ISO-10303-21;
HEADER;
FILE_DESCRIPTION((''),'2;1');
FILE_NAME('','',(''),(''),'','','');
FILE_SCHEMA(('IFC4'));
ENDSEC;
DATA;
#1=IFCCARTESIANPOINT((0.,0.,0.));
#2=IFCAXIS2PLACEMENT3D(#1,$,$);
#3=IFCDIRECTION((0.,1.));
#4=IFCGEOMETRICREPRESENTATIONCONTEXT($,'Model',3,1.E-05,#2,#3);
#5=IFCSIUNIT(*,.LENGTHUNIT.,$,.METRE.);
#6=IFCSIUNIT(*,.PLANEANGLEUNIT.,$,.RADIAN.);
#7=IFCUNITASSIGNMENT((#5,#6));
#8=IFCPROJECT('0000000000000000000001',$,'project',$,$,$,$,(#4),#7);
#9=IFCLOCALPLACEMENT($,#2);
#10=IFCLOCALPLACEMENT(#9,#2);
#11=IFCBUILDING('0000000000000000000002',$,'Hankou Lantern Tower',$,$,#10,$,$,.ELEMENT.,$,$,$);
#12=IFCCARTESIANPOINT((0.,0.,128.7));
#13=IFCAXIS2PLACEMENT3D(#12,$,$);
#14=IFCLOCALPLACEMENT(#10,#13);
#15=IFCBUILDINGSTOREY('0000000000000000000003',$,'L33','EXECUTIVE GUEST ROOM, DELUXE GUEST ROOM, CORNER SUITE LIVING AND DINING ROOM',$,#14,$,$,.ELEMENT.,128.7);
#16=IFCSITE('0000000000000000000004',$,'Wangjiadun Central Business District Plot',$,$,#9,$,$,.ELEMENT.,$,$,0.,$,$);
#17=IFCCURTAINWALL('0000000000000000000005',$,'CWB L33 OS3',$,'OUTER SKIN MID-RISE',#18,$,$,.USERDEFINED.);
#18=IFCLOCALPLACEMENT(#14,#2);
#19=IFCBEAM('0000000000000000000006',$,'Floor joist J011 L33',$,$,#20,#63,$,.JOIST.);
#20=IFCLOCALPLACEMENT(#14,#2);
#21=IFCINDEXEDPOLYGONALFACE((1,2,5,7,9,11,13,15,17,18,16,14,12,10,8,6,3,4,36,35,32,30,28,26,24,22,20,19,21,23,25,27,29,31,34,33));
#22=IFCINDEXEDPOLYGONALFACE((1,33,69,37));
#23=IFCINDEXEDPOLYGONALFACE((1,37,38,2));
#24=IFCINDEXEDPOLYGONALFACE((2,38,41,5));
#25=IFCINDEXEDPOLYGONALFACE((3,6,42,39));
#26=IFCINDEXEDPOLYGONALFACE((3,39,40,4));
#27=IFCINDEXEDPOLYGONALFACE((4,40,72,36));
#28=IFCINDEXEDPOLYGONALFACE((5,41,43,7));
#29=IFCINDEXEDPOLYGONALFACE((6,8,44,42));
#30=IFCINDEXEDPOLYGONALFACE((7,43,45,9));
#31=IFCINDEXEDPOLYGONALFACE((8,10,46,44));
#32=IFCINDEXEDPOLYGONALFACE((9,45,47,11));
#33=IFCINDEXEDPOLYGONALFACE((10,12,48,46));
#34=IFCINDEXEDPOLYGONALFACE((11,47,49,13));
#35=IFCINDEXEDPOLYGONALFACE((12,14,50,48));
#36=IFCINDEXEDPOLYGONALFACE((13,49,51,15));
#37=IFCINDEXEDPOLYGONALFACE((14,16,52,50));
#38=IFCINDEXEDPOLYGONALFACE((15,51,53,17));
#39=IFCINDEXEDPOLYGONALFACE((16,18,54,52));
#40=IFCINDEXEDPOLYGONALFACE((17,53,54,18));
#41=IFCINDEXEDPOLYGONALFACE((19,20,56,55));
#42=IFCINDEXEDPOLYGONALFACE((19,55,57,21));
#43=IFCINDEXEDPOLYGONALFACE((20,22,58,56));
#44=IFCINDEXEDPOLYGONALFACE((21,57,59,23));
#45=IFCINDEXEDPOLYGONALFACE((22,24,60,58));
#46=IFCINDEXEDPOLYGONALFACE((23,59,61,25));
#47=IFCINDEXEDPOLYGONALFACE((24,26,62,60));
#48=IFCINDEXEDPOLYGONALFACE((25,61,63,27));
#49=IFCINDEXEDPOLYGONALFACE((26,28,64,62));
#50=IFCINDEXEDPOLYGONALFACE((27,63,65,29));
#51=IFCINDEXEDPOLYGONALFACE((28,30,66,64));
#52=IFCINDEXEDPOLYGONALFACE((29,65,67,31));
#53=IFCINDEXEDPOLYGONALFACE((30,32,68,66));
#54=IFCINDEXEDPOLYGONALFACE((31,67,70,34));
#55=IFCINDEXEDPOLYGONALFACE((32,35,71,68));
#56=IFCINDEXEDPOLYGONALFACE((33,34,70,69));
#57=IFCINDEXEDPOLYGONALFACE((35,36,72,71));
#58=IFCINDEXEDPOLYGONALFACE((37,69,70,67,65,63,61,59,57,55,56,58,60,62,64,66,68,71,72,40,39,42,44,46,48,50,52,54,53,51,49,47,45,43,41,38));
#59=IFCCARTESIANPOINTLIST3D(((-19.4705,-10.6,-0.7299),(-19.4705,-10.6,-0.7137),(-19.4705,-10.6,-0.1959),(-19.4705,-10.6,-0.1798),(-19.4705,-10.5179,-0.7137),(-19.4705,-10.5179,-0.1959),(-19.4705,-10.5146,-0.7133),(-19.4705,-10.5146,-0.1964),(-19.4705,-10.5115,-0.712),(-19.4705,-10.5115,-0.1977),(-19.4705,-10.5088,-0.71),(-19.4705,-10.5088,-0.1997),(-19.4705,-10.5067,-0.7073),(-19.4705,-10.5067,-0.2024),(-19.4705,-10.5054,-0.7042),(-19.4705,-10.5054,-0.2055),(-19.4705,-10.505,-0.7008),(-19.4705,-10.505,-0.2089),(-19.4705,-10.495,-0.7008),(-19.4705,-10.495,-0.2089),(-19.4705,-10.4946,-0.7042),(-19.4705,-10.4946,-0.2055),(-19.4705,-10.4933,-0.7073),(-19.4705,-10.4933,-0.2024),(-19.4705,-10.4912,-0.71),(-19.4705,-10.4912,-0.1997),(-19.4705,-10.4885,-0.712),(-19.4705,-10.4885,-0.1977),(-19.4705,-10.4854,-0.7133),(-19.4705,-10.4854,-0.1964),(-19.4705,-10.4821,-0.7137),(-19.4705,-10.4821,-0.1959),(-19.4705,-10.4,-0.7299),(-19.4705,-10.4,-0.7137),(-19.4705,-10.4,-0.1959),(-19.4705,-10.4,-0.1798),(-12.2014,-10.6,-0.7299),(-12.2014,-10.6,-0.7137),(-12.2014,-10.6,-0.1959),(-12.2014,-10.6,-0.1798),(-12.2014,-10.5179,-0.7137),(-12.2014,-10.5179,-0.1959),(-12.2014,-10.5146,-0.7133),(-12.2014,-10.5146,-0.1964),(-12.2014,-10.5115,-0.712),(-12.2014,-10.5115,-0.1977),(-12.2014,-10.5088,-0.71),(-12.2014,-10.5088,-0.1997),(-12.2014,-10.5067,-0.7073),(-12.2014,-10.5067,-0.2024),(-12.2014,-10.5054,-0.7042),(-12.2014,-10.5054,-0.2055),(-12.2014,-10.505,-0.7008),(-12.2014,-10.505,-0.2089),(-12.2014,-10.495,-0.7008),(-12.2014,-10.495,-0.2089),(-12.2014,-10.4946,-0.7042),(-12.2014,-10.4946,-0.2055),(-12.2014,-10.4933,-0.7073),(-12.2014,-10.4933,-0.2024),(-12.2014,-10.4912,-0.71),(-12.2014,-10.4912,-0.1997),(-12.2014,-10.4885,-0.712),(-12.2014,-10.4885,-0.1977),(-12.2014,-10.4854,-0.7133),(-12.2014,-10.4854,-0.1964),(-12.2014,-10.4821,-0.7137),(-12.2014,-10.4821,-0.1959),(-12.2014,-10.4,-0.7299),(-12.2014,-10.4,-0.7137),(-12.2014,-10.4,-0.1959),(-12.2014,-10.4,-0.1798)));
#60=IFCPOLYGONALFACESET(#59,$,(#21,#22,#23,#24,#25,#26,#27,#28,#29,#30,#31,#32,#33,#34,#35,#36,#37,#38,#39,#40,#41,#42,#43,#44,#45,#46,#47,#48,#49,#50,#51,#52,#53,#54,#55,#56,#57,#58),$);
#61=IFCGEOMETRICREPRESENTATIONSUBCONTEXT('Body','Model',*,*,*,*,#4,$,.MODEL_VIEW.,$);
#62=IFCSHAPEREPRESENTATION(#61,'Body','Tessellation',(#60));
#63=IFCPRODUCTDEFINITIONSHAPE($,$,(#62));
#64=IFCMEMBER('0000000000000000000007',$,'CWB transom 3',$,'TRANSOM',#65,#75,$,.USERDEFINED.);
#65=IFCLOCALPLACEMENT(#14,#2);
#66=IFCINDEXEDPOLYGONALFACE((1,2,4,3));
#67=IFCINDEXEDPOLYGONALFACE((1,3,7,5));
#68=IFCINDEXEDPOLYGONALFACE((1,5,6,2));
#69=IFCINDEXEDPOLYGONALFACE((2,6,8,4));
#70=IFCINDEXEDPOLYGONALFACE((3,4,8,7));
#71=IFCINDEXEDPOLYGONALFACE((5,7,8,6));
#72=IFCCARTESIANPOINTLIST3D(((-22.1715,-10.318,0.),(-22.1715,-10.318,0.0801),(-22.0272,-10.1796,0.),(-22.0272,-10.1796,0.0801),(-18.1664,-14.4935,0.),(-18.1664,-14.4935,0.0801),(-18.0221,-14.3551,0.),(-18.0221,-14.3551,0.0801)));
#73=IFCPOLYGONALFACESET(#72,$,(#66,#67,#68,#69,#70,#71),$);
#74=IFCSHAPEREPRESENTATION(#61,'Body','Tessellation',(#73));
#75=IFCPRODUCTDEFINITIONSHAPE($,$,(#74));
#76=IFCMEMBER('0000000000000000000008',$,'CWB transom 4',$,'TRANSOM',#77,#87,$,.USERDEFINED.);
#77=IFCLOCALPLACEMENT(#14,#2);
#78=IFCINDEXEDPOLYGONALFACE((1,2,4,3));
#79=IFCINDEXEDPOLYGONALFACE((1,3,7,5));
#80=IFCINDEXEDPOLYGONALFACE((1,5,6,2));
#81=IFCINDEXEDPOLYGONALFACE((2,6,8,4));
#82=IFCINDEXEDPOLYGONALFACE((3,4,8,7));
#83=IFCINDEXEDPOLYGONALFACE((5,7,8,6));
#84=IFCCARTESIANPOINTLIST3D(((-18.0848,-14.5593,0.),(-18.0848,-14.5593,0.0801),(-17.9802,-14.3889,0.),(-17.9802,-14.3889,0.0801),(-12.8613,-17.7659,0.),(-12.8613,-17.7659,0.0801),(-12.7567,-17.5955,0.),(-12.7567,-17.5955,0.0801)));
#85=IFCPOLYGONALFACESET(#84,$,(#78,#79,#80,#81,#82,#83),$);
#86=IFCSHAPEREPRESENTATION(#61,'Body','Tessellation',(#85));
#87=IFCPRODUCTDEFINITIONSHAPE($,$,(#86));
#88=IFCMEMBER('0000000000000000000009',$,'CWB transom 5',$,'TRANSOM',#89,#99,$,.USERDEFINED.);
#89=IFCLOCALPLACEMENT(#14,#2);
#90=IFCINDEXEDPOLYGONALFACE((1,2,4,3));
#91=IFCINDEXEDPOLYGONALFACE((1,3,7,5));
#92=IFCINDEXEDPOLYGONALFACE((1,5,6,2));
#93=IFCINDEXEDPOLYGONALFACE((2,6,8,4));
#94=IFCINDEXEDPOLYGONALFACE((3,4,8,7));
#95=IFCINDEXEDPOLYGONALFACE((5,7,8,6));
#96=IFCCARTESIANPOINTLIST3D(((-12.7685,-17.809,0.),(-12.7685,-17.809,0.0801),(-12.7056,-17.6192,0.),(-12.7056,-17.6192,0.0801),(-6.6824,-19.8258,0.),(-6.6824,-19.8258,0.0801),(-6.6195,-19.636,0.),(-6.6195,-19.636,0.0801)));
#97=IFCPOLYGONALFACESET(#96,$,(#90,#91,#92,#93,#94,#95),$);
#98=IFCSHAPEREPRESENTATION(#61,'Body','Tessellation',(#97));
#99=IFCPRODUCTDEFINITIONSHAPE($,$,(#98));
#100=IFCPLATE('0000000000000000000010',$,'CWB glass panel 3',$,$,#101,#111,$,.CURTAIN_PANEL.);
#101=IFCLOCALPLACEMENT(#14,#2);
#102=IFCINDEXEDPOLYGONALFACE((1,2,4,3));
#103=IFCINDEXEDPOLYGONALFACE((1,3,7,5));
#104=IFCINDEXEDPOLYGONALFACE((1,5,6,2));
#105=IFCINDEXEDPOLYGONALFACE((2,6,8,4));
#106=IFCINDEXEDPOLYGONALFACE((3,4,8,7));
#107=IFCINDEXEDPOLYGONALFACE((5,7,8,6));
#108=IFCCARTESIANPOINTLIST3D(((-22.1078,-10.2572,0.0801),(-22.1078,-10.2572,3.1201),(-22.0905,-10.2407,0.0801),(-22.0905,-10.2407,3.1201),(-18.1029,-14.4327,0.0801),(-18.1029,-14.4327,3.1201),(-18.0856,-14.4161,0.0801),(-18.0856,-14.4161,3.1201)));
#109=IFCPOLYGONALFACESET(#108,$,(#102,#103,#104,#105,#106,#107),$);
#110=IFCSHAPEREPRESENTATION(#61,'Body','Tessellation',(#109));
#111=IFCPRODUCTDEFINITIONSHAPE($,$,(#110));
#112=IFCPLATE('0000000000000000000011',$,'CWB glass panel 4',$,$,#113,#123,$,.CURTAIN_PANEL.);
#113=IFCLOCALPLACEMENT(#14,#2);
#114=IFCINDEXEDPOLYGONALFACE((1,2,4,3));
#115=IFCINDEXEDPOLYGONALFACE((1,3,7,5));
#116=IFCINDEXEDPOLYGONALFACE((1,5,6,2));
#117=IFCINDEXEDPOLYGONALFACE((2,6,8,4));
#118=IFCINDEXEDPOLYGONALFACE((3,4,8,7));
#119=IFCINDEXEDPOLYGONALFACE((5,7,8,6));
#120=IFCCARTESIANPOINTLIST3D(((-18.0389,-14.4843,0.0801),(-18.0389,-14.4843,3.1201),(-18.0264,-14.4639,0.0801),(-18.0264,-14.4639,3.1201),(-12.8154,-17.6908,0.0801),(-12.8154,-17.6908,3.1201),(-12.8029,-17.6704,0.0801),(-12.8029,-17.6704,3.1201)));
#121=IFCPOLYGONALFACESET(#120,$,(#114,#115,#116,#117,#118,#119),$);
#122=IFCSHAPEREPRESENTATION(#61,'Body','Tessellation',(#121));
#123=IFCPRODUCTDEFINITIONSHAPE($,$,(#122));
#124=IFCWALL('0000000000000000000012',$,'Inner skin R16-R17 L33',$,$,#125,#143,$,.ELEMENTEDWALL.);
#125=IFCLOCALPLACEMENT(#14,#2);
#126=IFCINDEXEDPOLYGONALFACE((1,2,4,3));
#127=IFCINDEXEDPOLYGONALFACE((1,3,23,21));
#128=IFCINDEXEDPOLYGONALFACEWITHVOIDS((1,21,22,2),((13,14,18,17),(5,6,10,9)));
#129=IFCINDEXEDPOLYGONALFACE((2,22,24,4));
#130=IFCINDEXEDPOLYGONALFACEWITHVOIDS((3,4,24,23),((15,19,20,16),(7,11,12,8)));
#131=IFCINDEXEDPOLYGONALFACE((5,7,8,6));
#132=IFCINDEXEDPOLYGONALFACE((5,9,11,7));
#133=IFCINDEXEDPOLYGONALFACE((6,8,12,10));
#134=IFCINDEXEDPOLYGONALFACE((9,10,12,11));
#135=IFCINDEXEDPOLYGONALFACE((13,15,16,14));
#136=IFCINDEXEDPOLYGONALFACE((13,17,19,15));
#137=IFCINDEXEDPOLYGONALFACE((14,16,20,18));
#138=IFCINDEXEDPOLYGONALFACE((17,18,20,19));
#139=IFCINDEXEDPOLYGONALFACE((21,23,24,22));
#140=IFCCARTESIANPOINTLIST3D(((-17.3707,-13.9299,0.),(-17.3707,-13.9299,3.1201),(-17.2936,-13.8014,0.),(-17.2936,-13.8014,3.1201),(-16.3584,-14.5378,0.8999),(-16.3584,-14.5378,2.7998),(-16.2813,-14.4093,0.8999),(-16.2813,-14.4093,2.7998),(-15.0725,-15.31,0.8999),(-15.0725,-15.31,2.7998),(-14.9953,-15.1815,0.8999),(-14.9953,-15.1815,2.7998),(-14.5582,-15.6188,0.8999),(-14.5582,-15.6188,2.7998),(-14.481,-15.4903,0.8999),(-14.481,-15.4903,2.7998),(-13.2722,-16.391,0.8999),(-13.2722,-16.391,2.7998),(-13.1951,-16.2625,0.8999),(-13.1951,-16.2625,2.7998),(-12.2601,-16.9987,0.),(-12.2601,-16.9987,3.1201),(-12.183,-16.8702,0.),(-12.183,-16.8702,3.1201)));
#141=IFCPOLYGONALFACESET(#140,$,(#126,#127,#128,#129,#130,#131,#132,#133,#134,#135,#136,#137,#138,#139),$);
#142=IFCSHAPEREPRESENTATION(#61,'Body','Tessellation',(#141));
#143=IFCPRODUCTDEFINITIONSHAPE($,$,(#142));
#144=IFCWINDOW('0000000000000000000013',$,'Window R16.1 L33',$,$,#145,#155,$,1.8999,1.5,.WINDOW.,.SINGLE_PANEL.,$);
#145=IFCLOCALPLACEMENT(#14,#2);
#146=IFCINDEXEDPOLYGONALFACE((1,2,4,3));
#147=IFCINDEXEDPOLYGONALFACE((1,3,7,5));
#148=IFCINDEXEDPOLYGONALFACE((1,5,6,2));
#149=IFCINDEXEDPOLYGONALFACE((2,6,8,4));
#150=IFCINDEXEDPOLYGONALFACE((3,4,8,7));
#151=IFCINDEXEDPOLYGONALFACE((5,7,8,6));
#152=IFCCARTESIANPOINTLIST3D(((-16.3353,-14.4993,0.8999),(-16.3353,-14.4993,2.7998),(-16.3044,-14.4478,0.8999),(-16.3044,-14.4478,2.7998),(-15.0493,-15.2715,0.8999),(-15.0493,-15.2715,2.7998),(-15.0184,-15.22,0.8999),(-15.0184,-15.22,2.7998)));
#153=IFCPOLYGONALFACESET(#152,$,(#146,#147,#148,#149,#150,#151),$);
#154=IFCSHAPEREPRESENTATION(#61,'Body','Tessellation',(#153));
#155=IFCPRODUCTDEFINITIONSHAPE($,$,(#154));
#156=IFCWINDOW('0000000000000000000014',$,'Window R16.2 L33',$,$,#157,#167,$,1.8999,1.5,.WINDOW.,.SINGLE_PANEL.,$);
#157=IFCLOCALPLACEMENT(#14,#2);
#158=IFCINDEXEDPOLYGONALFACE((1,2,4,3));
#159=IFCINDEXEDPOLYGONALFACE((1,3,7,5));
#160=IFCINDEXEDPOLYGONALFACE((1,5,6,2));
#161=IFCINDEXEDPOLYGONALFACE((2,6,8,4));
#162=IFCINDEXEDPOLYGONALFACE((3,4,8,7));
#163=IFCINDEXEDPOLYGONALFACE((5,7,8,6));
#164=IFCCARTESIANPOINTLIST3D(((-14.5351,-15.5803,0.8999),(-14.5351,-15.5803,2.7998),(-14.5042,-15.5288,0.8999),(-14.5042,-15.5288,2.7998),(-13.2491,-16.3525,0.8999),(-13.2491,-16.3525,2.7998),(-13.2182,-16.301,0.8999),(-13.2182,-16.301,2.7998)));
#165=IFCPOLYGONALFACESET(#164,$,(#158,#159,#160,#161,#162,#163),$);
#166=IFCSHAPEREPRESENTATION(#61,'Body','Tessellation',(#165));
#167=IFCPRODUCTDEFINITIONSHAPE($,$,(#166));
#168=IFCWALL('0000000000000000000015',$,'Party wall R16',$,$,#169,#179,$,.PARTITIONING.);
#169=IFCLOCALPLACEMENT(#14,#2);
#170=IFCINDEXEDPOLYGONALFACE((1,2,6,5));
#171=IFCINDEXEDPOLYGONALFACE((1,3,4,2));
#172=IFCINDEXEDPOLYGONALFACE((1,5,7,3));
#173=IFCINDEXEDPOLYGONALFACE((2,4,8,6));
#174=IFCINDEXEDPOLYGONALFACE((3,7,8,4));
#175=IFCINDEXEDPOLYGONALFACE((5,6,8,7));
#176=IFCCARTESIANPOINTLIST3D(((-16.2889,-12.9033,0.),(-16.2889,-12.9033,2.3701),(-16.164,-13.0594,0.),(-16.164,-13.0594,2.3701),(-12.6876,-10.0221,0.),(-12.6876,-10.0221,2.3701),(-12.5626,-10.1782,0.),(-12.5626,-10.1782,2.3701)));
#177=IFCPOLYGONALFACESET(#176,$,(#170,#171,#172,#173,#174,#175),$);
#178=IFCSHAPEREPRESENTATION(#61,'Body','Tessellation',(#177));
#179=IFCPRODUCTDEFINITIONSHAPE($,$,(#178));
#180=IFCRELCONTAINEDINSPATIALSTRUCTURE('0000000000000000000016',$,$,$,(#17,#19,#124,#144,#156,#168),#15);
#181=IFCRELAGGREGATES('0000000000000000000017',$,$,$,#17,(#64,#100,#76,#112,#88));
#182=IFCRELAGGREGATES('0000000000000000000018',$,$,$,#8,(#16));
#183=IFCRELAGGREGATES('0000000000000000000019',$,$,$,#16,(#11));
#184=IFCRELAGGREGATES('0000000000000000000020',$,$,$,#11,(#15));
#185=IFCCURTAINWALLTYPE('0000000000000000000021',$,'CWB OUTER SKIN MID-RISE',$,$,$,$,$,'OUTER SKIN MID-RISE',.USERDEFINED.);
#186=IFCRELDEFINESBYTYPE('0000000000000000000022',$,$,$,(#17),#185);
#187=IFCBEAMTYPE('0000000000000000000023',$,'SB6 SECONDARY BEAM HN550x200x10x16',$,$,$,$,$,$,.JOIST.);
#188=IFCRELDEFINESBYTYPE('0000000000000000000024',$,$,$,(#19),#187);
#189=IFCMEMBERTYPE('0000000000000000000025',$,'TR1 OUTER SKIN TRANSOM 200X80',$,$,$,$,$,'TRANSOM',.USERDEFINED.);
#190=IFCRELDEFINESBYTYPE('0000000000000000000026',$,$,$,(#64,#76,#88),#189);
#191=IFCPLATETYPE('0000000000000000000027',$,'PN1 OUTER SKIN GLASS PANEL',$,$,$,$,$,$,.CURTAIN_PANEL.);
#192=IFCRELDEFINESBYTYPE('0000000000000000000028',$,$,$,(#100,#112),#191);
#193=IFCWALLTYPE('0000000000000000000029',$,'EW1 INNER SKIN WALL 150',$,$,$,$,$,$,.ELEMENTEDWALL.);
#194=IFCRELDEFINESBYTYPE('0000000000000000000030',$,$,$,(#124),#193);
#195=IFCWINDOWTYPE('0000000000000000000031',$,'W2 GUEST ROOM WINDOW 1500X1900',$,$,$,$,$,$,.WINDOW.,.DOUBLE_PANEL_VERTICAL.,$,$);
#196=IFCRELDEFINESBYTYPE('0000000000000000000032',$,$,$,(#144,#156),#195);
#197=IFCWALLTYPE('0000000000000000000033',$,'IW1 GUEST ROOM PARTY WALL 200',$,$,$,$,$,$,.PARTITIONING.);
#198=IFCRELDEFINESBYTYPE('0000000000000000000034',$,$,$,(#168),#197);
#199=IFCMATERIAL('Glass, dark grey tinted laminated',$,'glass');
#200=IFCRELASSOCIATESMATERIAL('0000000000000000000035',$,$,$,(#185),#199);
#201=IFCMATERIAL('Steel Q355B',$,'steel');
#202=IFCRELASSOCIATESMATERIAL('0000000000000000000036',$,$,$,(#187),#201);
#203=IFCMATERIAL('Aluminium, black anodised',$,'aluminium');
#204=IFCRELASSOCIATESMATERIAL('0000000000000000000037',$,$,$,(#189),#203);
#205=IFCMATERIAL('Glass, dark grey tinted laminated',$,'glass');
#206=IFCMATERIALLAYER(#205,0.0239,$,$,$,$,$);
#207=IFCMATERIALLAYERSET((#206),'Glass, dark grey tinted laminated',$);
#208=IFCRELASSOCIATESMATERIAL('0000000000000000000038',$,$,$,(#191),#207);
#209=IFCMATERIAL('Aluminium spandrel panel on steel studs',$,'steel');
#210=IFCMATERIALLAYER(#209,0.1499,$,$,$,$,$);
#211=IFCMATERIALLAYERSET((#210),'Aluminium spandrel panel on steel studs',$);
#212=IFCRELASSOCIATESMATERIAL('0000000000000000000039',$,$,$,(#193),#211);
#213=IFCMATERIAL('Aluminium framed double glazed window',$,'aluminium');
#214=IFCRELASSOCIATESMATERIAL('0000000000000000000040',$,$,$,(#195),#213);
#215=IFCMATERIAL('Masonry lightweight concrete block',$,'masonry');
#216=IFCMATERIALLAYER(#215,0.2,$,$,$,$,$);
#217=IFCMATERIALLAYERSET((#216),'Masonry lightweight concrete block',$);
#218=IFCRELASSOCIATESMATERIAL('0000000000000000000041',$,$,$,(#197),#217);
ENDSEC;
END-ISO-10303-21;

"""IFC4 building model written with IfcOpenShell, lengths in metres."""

from ifc_helpers import new_model, si_unit, direction, frame, frame_2d, origin, origin_2d, place, context, subcontext, project, spatial, rectangle, i_section, extrude, material, layer, layer_set, material_profile, profile_set, type_object, element, fill, aggregate, save


model = new_model("IFC4")

# Units and contexts
model_context = context("Model", 3, precision=1e-05, world=origin(), true_north=direction((0.0, 1.0)))
body_context = subcontext(model_context, "Body", "Model", "MODEL_VIEW")
ifc_project = project(units=[si_unit("LENGTHUNIT", "METRE"), si_unit("PLANEANGLEUNIT", "RADIAN")], contexts=[model_context])

# Site, building, storey
site_placement = place(None, origin())
site = spatial("IfcSite", under=ifc_project, at=site_placement, Name="Wangjiadun Central Business District Plot", CompositionType="ELEMENT", RefElevation=0.0)
building_placement = place(site_placement, origin())
building = spatial("IfcBuilding", under=site, at=building_placement, Name="Hankou Lantern Tower", CompositionType="ELEMENT")
storey_placement = place(building_placement, frame((0.0, 0.0, 128.7)))
storey = spatial("IfcBuildingStorey", under=building, at=storey_placement, Name="L33", Description="EXECUTIVE GUEST ROOM, DELUXE GUEST ROOM, CORNER SUITE LIVING AND DINING ROOM", CompositionType="ELEMENT", Elevation=128.7)

# Curtain wall
ifc_material_1 = material(Name="Glass, dark grey tinted laminated", Category="glass")
curtain_wall_type = type_object("IfcCurtainWallType", Name="CWB OUTER SKIN MID-RISE", ElementType="OUTER SKIN MID-RISE", PredefinedType="USERDEFINED", material=ifc_material_1)
curtain_wall_placement = place(storey_placement, origin())
curtain_wall = element("IfcCurtainWall", 1, at=curtain_wall_placement, inside=storey, type_object=curtain_wall_type, Name="CWB L33 OS3", ObjectType="OUTER SKIN MID-RISE", PredefinedType="USERDEFINED")

# Beam
ifc_material_2 = material(Name="Steel Q355B", Category="steel")
ifc_material_profile_1 = material_profile(ifc_material_2, i_section(OverallWidth=0.2, OverallDepth=0.55, WebThickness=0.01, FlangeThickness=0.0161, FilletRadius=0.0129, at=origin_2d()), Name="HN550x200x10x16")
ifc_profile_set_1 = profile_set([ifc_material_profile_1], Name="Steel Q355B")
beam_type_1 = type_object("IfcBeamType", Name="SB6 SECONDARY BEAM HN550x200x10x16", PredefinedType="JOIST", material=ifc_profile_set_1)
beam_1_placement = place(storey_placement, frame((-19.4705, -10.5, -0.4548), z_axis=(1.0, 0.0, 0.0), x_axis=(0.0, 1.0, 0.0)))
element("IfcBeam", 2, at=beam_1_placement, inside=storey, type_object=beam_type_1, Name="Floor joist J011 L33", PredefinedType="JOIST", context=body_context, shape_type="SweptSolid", body=[
    extrude(i_section(OverallWidth=0.2, OverallDepth=0.55, WebThickness=0.01, FlangeThickness=0.0161, FilletRadius=0.0129, at=origin_2d()), origin(), (0.0, 0.0, 1.0), 7.269),
])

# Members
ifc_material_3 = material(Name="Aluminium, black anodised", Category="aluminium")
ifc_material_profile_2 = material_profile(ifc_material_3, rectangle(XDim=0.2, YDim=0.0801, at=origin_2d()), Name="TR1 200X80")
ifc_profile_set_2 = profile_set([ifc_material_profile_2], Name="Aluminium, black anodised")
member_type_1 = type_object("IfcMemberType", Name="TR1 OUTER SKIN TRANSOM 200X80", ElementType="TRANSOM", PredefinedType="USERDEFINED", material=ifc_profile_set_2)
member_1_placement = place(storey_placement, frame((-22.0994, -10.2488, 0.04), z_axis=(0.692227, -0.72168, 0.0), x_axis=(0.72168, 0.692227, 0.0)))
member_1 = element("IfcMember", 3, at=member_1_placement, type_object=member_type_1, Name="CWB transom 3", ObjectType="TRANSOM", PredefinedType="USERDEFINED", context=body_context, shape_type="SweptSolid", body=[
    extrude(rectangle(XDim=0.2, YDim=0.0801, at=origin_2d()), origin(), (0.0, 0.0, 1.0), 5.7859),
])
member_2_placement = place(storey_placement, frame((-18.0325, -14.4741, 0.04), z_axis=(0.852229, -0.523168, 0.0), x_axis=(0.523168, 0.852229, 0.0)))
member_2 = element("IfcMember", 4, at=member_2_placement, type_object=member_type_1, Name="CWB transom 4", ObjectType="TRANSOM", PredefinedType="USERDEFINED", context=body_context, shape_type="SweptSolid", body=[
    extrude(rectangle(XDim=0.2, YDim=0.0801, at=origin_2d()), origin(), (0.0, 0.0, 1.0), 6.1292),
])
member_3_placement = place(storey_placement, frame((-12.7371, -17.7141, 0.04), z_axis=(0.949238, -0.314559, 0.0), x_axis=(0.314559, 0.949238, 0.0)))
member_3 = element("IfcMember", 5, at=member_3_placement, type_object=member_type_1, Name="CWB transom 5", ObjectType="TRANSOM", PredefinedType="USERDEFINED", context=body_context, shape_type="SweptSolid", body=[
    extrude(rectangle(XDim=0.2, YDim=0.0801, at=origin_2d()), origin(), (0.0, 0.0, 1.0), 6.4116),
])

# Plates
ifc_material_4 = material(Name="Glass, dark grey tinted laminated", Category="glass")
ifc_layer_1 = layer(ifc_material_4, 0.0239)
ifc_layer_set_1 = layer_set([ifc_layer_1], Name="Glass, dark grey tinted laminated")
plate_type = type_object("IfcPlateType", Name="PN1 OUTER SKIN GLASS PANEL", PredefinedType="CURTAIN_PANEL", material=ifc_layer_set_1)
plate_1_placement = place(storey_placement, frame((-20.0967, -12.3367, 0.0801), z_axis=(0.0, 0.0, 1.0), x_axis=(0.692216, -0.721691, 0.0)))
plate_1 = element("IfcPlate", 6, at=plate_1_placement, type_object=plate_type, Name="CWB glass panel 3", PredefinedType="CURTAIN_PANEL", context=body_context, shape_type="SweptSolid", body=[
    extrude(rectangle(XDim=5.7856, YDim=0.0239, at=origin_2d()), origin(), (0.0, 0.0, 1.0), 3.04),
])
plate_2_placement = place(storey_placement, frame((-15.4209, -16.0774, 0.0801), z_axis=(0.0, 0.0, 1.0), x_axis=(0.852237, -0.523156, 0.0)))
plate_2 = element("IfcPlate", 7, at=plate_2_placement, type_object=plate_type, Name="CWB glass panel 4", PredefinedType="CURTAIN_PANEL", context=body_context, shape_type="SweptSolid", body=[
    extrude(rectangle(XDim=6.1292, YDim=0.0239, at=origin_2d()), origin(), (0.0, 0.0, 1.0), 3.04),
])
aggregate(curtain_wall, [member_1, plate_1, member_2, plate_2, member_3])

# Wall, openings, windows
ifc_material_5 = material(Name="Aluminium spandrel panel on steel studs", Category="steel")
ifc_layer_2 = layer(ifc_material_5, 0.1499)
ifc_layer_set_2 = layer_set([ifc_layer_2], Name="Aluminium spandrel panel on steel studs")
wall_type_1 = type_object("IfcWallType", Name="EW1 INNER SKIN WALL 150", PredefinedType="ELEMENTEDWALL", material=ifc_layer_set_2)
wall_1_placement = place(storey_placement, frame((-17.332, -13.8657, 0.0), z_axis=(0.0, 0.0, 1.0), x_axis=(0.857309, -0.514803, 0.0)))
wall_1 = element("IfcWall", 8, at=wall_1_placement, inside=storey, type_object=wall_type_1, Name="Inner skin R16-R17 L33", PredefinedType="ELEMENTEDWALL", context=body_context, shape_type="SweptSolid", body=[
    extrude(rectangle(XDim=5.9612, YDim=0.1499, at=frame_2d((2.9805, 0.0))), origin(), (0.0, 0.0, 1.0), 3.1201),
])
opening_1_placement = place(wall_1_placement, frame((1.1807, 0.0, 0.8999)))
opening_1 = element("IfcOpeningElement", 9, at=opening_1_placement, cuts=wall_1, PredefinedType="OPENING", context=body_context, shape_type="SweptSolid", body=[
    extrude(rectangle(XDim=1.5, YDim=1.8999, at=frame_2d((0.75, 0.95))), frame((0.0, 0.085, 0.0), z_axis=(0.0, -1.0, 0.0), x_axis=(1.0, 0.0, 0.0)), (0.0, 0.0, 1.0), 0.1699),
])
opening_2_placement = place(wall_1_placement, frame((3.2805, 0.0, 0.8999)))
opening_2 = element("IfcOpeningElement", 10, at=opening_2_placement, cuts=wall_1, PredefinedType="OPENING", context=body_context, shape_type="SweptSolid", body=[
    extrude(rectangle(XDim=1.5, YDim=1.8999, at=frame_2d((0.75, 0.95))), frame((0.0, 0.085, 0.0), z_axis=(0.0, -1.0, 0.0), x_axis=(1.0, 0.0, 0.0)), (0.0, 0.0, 1.0), 0.1699),
])
ifc_material_6 = material(Name="Aluminium framed double glazed window", Category="aluminium")
window_type = type_object("IfcWindowType", Name="W2 GUEST ROOM WINDOW 1500X1900", PartitioningType="DOUBLE_PANEL_VERTICAL", PredefinedType="WINDOW", material=ifc_material_6)
window_1_placement = place(opening_1_placement, origin())
window_1 = element("IfcWindow", 11, at=window_1_placement, inside=storey, type_object=window_type, Name="Window R16.1 L33", OverallHeight=1.8999, OverallWidth=1.5, PartitioningType="SINGLE_PANEL", PredefinedType="WINDOW", context=body_context, shape_type="SweptSolid", body=[
    extrude(rectangle(XDim=1.5, YDim=1.8999, at=frame_2d((0.75, 0.95))), frame((0.0, 0.03, 0.0), z_axis=(0.0, -1.0, 0.0), x_axis=(1.0, 0.0, 0.0)), (0.0, 0.0, 1.0), 0.0601),
])
fill(opening_1, window_1)
window_2_placement = place(opening_2_placement, origin())
window_2 = element("IfcWindow", 12, at=window_2_placement, inside=storey, type_object=window_type, Name="Window R16.2 L33", OverallHeight=1.8999, OverallWidth=1.5, PartitioningType="SINGLE_PANEL", PredefinedType="WINDOW", context=body_context, shape_type="SweptSolid", body=[
    extrude(rectangle(XDim=1.5, YDim=1.8999, at=frame_2d((0.75, 0.95))), frame((0.0, 0.03, 0.0), z_axis=(0.0, -1.0, 0.0), x_axis=(1.0, 0.0, 0.0)), (0.0, 0.0, 1.0), 0.0601),
])
fill(opening_2, window_2)

# Wall
ifc_material_7 = material(Name="Masonry lightweight concrete block", Category="masonry")
ifc_layer_3 = layer(ifc_material_7, 0.2)
ifc_layer_set_3 = layer_set([ifc_layer_3], Name="Masonry lightweight concrete block")
wall_type_2 = type_object("IfcWallType", Name="IW1 GUEST ROOM PARTY WALL 200", PredefinedType="PARTITIONING", material=ifc_layer_set_3)
wall_2_placement = place(storey_placement, frame((-12.625, -10.1001, 0.0), z_axis=(0.0, 0.0, 1.0), x_axis=(-0.780864, -0.624702, 0.0)))
element("IfcWall", 13, at=wall_2_placement, inside=storey, type_object=wall_type_2, Name="Party wall R16", PredefinedType="PARTITIONING", context=body_context, shape_type="SweptSolid", body=[
    extrude(rectangle(XDim=4.6121, YDim=0.2, at=frame_2d((2.3062, 0.0))), origin(), (0.0, 0.0, 1.0), 2.3701),
])

save(model, "model.ifc")
